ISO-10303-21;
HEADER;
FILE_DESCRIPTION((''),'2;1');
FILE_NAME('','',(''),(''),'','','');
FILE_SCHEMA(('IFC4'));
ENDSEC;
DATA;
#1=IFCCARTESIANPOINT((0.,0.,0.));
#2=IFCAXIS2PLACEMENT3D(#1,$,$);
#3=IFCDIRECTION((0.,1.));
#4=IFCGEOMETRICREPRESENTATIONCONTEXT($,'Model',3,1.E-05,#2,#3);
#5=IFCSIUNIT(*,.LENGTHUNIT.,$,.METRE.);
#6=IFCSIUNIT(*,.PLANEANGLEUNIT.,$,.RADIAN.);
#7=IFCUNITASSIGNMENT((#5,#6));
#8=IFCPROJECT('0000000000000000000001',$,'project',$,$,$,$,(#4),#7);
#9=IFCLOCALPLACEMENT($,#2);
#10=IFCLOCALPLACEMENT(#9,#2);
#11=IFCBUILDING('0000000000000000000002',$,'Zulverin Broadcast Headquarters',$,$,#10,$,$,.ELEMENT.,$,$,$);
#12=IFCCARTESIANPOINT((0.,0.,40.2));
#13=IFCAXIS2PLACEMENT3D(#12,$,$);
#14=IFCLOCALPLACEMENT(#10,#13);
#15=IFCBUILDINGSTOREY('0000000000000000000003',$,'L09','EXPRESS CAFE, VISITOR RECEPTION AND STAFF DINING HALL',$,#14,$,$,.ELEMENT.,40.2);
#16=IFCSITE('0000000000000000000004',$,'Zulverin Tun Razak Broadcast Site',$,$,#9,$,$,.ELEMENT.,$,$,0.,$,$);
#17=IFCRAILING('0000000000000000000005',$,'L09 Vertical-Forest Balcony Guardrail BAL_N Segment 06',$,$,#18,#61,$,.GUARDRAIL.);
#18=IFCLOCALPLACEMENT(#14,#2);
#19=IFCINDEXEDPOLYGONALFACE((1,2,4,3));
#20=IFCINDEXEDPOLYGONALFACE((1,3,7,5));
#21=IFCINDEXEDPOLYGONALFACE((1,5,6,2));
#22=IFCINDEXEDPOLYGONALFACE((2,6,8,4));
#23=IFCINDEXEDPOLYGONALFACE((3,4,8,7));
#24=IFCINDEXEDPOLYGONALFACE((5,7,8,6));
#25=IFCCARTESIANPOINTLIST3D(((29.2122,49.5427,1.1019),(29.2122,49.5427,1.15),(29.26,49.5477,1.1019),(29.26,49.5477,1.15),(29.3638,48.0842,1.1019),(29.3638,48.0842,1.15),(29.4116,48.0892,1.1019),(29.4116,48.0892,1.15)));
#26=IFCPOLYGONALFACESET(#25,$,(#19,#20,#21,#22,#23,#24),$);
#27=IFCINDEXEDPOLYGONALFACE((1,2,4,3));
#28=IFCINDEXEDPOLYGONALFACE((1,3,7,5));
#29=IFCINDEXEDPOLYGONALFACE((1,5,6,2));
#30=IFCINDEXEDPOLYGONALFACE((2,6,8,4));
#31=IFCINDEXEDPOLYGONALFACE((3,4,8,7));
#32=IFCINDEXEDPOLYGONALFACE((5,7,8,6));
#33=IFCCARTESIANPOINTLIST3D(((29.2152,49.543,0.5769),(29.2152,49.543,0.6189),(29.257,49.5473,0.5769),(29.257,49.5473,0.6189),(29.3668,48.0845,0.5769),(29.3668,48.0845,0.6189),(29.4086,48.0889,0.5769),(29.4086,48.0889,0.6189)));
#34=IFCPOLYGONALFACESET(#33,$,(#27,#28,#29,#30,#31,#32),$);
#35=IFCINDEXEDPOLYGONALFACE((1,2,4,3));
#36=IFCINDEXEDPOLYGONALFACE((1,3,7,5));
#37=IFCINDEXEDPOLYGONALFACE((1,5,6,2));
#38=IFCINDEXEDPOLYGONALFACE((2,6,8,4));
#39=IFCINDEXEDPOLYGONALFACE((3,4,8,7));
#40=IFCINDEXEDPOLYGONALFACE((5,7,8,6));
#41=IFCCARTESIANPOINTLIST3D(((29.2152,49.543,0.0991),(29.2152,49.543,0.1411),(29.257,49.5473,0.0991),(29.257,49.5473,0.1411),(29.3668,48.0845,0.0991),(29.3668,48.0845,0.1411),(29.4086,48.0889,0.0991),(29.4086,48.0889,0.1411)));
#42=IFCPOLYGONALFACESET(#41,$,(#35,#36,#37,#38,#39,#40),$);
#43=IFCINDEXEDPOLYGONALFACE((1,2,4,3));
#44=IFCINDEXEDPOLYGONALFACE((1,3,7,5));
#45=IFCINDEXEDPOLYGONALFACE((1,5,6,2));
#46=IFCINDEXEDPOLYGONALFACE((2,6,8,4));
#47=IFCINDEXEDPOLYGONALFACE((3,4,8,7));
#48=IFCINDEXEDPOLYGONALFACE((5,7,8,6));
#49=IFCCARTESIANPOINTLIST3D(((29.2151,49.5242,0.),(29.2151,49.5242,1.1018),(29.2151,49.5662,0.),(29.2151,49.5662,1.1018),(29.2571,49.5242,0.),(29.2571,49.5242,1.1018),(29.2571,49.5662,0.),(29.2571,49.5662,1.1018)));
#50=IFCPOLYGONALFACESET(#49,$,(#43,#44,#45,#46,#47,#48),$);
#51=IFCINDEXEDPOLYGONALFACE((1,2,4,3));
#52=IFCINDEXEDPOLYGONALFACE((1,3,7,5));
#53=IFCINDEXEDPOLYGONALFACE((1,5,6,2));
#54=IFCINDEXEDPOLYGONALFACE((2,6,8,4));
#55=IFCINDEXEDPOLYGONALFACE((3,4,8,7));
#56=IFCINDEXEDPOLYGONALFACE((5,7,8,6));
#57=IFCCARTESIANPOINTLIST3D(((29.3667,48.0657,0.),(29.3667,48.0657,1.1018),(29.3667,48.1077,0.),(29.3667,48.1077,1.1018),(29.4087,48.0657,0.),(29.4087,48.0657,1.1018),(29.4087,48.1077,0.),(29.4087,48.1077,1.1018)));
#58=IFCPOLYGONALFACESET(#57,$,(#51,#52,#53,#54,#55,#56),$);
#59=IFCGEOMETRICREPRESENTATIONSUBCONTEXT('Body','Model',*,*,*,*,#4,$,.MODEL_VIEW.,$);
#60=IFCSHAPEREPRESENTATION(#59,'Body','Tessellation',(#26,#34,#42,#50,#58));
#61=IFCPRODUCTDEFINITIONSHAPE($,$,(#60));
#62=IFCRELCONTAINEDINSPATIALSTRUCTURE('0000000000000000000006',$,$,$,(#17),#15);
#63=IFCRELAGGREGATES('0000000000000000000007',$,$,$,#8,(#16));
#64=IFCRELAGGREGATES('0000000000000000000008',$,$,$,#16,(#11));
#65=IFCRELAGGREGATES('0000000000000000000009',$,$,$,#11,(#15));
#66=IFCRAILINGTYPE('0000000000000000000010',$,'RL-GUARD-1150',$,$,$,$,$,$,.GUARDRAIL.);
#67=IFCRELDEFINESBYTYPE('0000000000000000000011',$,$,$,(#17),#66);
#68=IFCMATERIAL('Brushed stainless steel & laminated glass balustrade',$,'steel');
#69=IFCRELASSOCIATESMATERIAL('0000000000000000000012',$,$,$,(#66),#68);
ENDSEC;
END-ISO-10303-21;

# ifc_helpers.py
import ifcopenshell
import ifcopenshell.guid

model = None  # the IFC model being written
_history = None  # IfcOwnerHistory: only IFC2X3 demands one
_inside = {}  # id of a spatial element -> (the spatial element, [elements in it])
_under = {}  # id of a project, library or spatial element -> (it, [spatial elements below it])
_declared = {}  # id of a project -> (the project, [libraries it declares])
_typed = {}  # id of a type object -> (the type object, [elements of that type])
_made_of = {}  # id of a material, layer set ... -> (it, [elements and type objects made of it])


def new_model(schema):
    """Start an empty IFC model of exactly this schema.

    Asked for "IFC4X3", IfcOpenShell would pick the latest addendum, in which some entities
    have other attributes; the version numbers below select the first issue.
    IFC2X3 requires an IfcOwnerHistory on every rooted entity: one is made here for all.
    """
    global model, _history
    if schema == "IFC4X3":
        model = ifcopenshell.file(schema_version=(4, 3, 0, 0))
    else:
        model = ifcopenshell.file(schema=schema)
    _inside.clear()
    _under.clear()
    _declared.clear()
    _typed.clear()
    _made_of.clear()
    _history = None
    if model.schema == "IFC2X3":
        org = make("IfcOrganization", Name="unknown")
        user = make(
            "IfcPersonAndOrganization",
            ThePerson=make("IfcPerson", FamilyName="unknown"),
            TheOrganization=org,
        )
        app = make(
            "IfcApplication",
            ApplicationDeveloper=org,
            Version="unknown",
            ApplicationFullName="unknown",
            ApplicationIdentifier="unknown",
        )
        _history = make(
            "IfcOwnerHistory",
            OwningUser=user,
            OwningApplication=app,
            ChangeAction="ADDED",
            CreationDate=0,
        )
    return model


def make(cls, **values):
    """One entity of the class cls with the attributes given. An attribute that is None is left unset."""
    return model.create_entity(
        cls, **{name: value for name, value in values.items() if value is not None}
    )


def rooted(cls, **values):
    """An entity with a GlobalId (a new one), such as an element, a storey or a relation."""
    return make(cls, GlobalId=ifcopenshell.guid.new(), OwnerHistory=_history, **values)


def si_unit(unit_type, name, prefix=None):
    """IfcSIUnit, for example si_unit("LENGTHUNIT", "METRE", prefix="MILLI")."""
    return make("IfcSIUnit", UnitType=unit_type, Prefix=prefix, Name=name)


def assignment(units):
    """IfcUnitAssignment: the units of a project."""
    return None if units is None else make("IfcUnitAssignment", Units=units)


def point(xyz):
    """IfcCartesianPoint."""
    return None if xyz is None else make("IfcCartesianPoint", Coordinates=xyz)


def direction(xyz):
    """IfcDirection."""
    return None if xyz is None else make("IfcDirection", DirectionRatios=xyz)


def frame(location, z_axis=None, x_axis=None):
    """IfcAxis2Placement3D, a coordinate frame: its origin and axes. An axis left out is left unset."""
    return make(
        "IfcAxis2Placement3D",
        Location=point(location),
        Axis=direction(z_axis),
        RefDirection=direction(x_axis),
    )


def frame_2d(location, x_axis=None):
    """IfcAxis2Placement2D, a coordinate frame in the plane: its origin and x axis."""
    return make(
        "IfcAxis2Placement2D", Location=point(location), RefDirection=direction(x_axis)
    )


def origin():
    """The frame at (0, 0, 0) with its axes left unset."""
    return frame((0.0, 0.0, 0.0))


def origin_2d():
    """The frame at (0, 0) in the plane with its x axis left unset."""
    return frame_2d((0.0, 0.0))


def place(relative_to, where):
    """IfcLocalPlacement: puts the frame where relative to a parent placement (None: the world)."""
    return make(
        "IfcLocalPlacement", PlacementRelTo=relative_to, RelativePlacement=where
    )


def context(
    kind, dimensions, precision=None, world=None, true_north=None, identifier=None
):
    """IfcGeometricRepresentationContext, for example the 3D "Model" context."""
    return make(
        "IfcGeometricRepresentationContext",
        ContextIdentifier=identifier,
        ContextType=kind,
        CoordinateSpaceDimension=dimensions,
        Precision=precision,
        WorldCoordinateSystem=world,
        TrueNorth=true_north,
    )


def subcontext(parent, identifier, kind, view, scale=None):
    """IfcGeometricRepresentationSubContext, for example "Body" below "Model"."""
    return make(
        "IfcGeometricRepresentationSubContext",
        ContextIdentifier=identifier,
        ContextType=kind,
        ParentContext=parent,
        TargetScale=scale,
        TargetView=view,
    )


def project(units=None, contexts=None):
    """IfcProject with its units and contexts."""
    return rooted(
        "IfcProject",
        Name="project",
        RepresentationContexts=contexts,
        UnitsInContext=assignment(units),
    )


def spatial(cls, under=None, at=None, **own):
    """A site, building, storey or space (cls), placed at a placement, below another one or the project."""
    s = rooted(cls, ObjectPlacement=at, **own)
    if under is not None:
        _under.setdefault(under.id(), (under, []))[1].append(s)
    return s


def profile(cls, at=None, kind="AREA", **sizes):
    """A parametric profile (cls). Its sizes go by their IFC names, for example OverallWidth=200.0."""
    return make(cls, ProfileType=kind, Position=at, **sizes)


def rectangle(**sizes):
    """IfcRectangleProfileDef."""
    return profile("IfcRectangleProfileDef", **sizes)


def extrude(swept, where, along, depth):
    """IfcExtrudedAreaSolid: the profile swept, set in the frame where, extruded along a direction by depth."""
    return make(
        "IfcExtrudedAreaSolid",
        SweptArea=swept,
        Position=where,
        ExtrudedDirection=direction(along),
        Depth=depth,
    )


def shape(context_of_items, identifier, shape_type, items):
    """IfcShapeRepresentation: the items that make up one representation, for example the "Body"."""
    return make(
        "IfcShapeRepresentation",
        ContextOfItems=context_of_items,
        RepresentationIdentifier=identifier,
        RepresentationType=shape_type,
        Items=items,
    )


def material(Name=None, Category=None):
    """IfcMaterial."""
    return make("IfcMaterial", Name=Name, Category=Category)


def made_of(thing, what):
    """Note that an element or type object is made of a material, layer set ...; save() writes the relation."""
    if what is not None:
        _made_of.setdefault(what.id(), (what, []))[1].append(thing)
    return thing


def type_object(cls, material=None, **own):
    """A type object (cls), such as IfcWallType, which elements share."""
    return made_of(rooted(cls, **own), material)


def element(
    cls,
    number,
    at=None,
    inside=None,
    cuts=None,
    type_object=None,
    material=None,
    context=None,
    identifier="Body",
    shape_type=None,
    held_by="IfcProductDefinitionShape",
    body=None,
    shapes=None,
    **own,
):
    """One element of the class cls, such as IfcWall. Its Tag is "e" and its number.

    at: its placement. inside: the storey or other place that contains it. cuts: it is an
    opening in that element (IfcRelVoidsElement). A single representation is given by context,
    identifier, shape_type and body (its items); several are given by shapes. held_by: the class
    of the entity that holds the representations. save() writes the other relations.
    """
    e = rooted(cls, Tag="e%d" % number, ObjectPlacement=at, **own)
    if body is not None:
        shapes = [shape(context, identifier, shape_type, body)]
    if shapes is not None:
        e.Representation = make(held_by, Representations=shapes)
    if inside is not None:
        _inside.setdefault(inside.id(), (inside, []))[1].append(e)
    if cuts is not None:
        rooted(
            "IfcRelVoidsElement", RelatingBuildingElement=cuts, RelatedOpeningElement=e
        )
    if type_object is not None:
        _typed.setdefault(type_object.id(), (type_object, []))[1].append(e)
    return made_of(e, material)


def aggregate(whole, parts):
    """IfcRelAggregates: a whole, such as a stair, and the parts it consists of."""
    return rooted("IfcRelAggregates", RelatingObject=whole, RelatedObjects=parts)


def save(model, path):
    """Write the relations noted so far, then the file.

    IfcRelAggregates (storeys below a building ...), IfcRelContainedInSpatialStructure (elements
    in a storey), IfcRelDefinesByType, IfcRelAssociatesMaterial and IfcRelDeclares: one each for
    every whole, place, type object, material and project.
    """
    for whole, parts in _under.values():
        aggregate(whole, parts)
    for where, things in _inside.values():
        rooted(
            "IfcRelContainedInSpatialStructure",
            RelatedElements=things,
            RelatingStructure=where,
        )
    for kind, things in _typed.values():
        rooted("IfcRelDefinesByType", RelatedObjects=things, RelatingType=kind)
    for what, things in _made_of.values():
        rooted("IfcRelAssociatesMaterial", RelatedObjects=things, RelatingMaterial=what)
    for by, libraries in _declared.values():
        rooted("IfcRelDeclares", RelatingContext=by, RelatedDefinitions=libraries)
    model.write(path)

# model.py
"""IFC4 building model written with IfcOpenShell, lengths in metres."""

from ifc_helpers import new_model, si_unit, direction, frame, origin, origin_2d, place, context, subcontext, project, spatial, rectangle, extrude, material, type_object, element, save


model = new_model("IFC4")

# Units and contexts
model_context = context("Model", 3, precision=1e-05, world=origin(), true_north=direction((0.0, 1.0)))
body_context = subcontext(model_context, "Body", "Model", "MODEL_VIEW")
ifc_project = project(units=[si_unit("LENGTHUNIT", "METRE"), si_unit("PLANEANGLEUNIT", "RADIAN")], contexts=[model_context])

# Site, building, storey
site_placement = place(None, origin())
site = spatial("IfcSite", under=ifc_project, at=site_placement, Name="Zulverin Tun Razak Broadcast Site", CompositionType="ELEMENT", RefElevation=0.0)
building_placement = place(site_placement, origin())
building = spatial("IfcBuilding", under=site, at=building_placement, Name="Zulverin Broadcast Headquarters", CompositionType="ELEMENT")
storey_placement = place(building_placement, frame((0.0, 0.0, 40.2)))
storey = spatial("IfcBuildingStorey", under=building, at=storey_placement, Name="L09", Description="EXPRESS CAFE, VISITOR RECEPTION AND STAFF DINING HALL", CompositionType="ELEMENT", Elevation=40.2)

# Railing
ifc_material_1 = material(Name="Brushed stainless steel & laminated glass balustrade", Category="steel")
railing_type = type_object("IfcRailingType", Name="RL-GUARD-1150", PredefinedType="GUARDRAIL", material=ifc_material_1)
railing_1_placement = place(storey_placement, frame((29.2361, 49.5452, 0.0)))
element("IfcRailing", 1, at=railing_1_placement, inside=storey, type_object=railing_type, Name="L09 Vertical-Forest Balcony Guardrail BAL_N Segment 06", PredefinedType="GUARDRAIL", context=body_context, shape_type="SweptSolid", body=[
    extrude(rectangle(XDim=0.0481, YDim=0.0481, at=origin_2d()), frame((0.0, 0.0, 1.126), z_axis=(0.103393, -0.994641, 0.0), x_axis=(0.994641, 0.103393, 0.0)), (0.0, 0.0, 1.0), 1.4663),
    extrude(rectangle(XDim=0.042, YDim=0.042, at=origin_2d()), frame((0.0, 0.0, 0.5979), z_axis=(0.103393, -0.994641, 0.0), x_axis=(0.994641, 0.103393, 0.0)), (0.0, 0.0, 1.0), 1.4663),
    extrude(rectangle(XDim=0.042, YDim=0.042, at=origin_2d()), frame((0.0, 0.0, 0.1201), z_axis=(0.103393, -0.994641, 0.0), x_axis=(0.994641, 0.103393, 0.0)), (0.0, 0.0, 1.0), 1.4663),
    extrude(rectangle(XDim=0.042, YDim=0.042, at=origin_2d()), origin(), (0.0, 0.0, 1.0), 1.1018),
    extrude(rectangle(XDim=0.042, YDim=0.042, at=origin_2d()), frame((0.1516, -1.4585, 0.0)), (0.0, 0.0, 1.0), 1.1018),
])

save(model, "model.ifc")
